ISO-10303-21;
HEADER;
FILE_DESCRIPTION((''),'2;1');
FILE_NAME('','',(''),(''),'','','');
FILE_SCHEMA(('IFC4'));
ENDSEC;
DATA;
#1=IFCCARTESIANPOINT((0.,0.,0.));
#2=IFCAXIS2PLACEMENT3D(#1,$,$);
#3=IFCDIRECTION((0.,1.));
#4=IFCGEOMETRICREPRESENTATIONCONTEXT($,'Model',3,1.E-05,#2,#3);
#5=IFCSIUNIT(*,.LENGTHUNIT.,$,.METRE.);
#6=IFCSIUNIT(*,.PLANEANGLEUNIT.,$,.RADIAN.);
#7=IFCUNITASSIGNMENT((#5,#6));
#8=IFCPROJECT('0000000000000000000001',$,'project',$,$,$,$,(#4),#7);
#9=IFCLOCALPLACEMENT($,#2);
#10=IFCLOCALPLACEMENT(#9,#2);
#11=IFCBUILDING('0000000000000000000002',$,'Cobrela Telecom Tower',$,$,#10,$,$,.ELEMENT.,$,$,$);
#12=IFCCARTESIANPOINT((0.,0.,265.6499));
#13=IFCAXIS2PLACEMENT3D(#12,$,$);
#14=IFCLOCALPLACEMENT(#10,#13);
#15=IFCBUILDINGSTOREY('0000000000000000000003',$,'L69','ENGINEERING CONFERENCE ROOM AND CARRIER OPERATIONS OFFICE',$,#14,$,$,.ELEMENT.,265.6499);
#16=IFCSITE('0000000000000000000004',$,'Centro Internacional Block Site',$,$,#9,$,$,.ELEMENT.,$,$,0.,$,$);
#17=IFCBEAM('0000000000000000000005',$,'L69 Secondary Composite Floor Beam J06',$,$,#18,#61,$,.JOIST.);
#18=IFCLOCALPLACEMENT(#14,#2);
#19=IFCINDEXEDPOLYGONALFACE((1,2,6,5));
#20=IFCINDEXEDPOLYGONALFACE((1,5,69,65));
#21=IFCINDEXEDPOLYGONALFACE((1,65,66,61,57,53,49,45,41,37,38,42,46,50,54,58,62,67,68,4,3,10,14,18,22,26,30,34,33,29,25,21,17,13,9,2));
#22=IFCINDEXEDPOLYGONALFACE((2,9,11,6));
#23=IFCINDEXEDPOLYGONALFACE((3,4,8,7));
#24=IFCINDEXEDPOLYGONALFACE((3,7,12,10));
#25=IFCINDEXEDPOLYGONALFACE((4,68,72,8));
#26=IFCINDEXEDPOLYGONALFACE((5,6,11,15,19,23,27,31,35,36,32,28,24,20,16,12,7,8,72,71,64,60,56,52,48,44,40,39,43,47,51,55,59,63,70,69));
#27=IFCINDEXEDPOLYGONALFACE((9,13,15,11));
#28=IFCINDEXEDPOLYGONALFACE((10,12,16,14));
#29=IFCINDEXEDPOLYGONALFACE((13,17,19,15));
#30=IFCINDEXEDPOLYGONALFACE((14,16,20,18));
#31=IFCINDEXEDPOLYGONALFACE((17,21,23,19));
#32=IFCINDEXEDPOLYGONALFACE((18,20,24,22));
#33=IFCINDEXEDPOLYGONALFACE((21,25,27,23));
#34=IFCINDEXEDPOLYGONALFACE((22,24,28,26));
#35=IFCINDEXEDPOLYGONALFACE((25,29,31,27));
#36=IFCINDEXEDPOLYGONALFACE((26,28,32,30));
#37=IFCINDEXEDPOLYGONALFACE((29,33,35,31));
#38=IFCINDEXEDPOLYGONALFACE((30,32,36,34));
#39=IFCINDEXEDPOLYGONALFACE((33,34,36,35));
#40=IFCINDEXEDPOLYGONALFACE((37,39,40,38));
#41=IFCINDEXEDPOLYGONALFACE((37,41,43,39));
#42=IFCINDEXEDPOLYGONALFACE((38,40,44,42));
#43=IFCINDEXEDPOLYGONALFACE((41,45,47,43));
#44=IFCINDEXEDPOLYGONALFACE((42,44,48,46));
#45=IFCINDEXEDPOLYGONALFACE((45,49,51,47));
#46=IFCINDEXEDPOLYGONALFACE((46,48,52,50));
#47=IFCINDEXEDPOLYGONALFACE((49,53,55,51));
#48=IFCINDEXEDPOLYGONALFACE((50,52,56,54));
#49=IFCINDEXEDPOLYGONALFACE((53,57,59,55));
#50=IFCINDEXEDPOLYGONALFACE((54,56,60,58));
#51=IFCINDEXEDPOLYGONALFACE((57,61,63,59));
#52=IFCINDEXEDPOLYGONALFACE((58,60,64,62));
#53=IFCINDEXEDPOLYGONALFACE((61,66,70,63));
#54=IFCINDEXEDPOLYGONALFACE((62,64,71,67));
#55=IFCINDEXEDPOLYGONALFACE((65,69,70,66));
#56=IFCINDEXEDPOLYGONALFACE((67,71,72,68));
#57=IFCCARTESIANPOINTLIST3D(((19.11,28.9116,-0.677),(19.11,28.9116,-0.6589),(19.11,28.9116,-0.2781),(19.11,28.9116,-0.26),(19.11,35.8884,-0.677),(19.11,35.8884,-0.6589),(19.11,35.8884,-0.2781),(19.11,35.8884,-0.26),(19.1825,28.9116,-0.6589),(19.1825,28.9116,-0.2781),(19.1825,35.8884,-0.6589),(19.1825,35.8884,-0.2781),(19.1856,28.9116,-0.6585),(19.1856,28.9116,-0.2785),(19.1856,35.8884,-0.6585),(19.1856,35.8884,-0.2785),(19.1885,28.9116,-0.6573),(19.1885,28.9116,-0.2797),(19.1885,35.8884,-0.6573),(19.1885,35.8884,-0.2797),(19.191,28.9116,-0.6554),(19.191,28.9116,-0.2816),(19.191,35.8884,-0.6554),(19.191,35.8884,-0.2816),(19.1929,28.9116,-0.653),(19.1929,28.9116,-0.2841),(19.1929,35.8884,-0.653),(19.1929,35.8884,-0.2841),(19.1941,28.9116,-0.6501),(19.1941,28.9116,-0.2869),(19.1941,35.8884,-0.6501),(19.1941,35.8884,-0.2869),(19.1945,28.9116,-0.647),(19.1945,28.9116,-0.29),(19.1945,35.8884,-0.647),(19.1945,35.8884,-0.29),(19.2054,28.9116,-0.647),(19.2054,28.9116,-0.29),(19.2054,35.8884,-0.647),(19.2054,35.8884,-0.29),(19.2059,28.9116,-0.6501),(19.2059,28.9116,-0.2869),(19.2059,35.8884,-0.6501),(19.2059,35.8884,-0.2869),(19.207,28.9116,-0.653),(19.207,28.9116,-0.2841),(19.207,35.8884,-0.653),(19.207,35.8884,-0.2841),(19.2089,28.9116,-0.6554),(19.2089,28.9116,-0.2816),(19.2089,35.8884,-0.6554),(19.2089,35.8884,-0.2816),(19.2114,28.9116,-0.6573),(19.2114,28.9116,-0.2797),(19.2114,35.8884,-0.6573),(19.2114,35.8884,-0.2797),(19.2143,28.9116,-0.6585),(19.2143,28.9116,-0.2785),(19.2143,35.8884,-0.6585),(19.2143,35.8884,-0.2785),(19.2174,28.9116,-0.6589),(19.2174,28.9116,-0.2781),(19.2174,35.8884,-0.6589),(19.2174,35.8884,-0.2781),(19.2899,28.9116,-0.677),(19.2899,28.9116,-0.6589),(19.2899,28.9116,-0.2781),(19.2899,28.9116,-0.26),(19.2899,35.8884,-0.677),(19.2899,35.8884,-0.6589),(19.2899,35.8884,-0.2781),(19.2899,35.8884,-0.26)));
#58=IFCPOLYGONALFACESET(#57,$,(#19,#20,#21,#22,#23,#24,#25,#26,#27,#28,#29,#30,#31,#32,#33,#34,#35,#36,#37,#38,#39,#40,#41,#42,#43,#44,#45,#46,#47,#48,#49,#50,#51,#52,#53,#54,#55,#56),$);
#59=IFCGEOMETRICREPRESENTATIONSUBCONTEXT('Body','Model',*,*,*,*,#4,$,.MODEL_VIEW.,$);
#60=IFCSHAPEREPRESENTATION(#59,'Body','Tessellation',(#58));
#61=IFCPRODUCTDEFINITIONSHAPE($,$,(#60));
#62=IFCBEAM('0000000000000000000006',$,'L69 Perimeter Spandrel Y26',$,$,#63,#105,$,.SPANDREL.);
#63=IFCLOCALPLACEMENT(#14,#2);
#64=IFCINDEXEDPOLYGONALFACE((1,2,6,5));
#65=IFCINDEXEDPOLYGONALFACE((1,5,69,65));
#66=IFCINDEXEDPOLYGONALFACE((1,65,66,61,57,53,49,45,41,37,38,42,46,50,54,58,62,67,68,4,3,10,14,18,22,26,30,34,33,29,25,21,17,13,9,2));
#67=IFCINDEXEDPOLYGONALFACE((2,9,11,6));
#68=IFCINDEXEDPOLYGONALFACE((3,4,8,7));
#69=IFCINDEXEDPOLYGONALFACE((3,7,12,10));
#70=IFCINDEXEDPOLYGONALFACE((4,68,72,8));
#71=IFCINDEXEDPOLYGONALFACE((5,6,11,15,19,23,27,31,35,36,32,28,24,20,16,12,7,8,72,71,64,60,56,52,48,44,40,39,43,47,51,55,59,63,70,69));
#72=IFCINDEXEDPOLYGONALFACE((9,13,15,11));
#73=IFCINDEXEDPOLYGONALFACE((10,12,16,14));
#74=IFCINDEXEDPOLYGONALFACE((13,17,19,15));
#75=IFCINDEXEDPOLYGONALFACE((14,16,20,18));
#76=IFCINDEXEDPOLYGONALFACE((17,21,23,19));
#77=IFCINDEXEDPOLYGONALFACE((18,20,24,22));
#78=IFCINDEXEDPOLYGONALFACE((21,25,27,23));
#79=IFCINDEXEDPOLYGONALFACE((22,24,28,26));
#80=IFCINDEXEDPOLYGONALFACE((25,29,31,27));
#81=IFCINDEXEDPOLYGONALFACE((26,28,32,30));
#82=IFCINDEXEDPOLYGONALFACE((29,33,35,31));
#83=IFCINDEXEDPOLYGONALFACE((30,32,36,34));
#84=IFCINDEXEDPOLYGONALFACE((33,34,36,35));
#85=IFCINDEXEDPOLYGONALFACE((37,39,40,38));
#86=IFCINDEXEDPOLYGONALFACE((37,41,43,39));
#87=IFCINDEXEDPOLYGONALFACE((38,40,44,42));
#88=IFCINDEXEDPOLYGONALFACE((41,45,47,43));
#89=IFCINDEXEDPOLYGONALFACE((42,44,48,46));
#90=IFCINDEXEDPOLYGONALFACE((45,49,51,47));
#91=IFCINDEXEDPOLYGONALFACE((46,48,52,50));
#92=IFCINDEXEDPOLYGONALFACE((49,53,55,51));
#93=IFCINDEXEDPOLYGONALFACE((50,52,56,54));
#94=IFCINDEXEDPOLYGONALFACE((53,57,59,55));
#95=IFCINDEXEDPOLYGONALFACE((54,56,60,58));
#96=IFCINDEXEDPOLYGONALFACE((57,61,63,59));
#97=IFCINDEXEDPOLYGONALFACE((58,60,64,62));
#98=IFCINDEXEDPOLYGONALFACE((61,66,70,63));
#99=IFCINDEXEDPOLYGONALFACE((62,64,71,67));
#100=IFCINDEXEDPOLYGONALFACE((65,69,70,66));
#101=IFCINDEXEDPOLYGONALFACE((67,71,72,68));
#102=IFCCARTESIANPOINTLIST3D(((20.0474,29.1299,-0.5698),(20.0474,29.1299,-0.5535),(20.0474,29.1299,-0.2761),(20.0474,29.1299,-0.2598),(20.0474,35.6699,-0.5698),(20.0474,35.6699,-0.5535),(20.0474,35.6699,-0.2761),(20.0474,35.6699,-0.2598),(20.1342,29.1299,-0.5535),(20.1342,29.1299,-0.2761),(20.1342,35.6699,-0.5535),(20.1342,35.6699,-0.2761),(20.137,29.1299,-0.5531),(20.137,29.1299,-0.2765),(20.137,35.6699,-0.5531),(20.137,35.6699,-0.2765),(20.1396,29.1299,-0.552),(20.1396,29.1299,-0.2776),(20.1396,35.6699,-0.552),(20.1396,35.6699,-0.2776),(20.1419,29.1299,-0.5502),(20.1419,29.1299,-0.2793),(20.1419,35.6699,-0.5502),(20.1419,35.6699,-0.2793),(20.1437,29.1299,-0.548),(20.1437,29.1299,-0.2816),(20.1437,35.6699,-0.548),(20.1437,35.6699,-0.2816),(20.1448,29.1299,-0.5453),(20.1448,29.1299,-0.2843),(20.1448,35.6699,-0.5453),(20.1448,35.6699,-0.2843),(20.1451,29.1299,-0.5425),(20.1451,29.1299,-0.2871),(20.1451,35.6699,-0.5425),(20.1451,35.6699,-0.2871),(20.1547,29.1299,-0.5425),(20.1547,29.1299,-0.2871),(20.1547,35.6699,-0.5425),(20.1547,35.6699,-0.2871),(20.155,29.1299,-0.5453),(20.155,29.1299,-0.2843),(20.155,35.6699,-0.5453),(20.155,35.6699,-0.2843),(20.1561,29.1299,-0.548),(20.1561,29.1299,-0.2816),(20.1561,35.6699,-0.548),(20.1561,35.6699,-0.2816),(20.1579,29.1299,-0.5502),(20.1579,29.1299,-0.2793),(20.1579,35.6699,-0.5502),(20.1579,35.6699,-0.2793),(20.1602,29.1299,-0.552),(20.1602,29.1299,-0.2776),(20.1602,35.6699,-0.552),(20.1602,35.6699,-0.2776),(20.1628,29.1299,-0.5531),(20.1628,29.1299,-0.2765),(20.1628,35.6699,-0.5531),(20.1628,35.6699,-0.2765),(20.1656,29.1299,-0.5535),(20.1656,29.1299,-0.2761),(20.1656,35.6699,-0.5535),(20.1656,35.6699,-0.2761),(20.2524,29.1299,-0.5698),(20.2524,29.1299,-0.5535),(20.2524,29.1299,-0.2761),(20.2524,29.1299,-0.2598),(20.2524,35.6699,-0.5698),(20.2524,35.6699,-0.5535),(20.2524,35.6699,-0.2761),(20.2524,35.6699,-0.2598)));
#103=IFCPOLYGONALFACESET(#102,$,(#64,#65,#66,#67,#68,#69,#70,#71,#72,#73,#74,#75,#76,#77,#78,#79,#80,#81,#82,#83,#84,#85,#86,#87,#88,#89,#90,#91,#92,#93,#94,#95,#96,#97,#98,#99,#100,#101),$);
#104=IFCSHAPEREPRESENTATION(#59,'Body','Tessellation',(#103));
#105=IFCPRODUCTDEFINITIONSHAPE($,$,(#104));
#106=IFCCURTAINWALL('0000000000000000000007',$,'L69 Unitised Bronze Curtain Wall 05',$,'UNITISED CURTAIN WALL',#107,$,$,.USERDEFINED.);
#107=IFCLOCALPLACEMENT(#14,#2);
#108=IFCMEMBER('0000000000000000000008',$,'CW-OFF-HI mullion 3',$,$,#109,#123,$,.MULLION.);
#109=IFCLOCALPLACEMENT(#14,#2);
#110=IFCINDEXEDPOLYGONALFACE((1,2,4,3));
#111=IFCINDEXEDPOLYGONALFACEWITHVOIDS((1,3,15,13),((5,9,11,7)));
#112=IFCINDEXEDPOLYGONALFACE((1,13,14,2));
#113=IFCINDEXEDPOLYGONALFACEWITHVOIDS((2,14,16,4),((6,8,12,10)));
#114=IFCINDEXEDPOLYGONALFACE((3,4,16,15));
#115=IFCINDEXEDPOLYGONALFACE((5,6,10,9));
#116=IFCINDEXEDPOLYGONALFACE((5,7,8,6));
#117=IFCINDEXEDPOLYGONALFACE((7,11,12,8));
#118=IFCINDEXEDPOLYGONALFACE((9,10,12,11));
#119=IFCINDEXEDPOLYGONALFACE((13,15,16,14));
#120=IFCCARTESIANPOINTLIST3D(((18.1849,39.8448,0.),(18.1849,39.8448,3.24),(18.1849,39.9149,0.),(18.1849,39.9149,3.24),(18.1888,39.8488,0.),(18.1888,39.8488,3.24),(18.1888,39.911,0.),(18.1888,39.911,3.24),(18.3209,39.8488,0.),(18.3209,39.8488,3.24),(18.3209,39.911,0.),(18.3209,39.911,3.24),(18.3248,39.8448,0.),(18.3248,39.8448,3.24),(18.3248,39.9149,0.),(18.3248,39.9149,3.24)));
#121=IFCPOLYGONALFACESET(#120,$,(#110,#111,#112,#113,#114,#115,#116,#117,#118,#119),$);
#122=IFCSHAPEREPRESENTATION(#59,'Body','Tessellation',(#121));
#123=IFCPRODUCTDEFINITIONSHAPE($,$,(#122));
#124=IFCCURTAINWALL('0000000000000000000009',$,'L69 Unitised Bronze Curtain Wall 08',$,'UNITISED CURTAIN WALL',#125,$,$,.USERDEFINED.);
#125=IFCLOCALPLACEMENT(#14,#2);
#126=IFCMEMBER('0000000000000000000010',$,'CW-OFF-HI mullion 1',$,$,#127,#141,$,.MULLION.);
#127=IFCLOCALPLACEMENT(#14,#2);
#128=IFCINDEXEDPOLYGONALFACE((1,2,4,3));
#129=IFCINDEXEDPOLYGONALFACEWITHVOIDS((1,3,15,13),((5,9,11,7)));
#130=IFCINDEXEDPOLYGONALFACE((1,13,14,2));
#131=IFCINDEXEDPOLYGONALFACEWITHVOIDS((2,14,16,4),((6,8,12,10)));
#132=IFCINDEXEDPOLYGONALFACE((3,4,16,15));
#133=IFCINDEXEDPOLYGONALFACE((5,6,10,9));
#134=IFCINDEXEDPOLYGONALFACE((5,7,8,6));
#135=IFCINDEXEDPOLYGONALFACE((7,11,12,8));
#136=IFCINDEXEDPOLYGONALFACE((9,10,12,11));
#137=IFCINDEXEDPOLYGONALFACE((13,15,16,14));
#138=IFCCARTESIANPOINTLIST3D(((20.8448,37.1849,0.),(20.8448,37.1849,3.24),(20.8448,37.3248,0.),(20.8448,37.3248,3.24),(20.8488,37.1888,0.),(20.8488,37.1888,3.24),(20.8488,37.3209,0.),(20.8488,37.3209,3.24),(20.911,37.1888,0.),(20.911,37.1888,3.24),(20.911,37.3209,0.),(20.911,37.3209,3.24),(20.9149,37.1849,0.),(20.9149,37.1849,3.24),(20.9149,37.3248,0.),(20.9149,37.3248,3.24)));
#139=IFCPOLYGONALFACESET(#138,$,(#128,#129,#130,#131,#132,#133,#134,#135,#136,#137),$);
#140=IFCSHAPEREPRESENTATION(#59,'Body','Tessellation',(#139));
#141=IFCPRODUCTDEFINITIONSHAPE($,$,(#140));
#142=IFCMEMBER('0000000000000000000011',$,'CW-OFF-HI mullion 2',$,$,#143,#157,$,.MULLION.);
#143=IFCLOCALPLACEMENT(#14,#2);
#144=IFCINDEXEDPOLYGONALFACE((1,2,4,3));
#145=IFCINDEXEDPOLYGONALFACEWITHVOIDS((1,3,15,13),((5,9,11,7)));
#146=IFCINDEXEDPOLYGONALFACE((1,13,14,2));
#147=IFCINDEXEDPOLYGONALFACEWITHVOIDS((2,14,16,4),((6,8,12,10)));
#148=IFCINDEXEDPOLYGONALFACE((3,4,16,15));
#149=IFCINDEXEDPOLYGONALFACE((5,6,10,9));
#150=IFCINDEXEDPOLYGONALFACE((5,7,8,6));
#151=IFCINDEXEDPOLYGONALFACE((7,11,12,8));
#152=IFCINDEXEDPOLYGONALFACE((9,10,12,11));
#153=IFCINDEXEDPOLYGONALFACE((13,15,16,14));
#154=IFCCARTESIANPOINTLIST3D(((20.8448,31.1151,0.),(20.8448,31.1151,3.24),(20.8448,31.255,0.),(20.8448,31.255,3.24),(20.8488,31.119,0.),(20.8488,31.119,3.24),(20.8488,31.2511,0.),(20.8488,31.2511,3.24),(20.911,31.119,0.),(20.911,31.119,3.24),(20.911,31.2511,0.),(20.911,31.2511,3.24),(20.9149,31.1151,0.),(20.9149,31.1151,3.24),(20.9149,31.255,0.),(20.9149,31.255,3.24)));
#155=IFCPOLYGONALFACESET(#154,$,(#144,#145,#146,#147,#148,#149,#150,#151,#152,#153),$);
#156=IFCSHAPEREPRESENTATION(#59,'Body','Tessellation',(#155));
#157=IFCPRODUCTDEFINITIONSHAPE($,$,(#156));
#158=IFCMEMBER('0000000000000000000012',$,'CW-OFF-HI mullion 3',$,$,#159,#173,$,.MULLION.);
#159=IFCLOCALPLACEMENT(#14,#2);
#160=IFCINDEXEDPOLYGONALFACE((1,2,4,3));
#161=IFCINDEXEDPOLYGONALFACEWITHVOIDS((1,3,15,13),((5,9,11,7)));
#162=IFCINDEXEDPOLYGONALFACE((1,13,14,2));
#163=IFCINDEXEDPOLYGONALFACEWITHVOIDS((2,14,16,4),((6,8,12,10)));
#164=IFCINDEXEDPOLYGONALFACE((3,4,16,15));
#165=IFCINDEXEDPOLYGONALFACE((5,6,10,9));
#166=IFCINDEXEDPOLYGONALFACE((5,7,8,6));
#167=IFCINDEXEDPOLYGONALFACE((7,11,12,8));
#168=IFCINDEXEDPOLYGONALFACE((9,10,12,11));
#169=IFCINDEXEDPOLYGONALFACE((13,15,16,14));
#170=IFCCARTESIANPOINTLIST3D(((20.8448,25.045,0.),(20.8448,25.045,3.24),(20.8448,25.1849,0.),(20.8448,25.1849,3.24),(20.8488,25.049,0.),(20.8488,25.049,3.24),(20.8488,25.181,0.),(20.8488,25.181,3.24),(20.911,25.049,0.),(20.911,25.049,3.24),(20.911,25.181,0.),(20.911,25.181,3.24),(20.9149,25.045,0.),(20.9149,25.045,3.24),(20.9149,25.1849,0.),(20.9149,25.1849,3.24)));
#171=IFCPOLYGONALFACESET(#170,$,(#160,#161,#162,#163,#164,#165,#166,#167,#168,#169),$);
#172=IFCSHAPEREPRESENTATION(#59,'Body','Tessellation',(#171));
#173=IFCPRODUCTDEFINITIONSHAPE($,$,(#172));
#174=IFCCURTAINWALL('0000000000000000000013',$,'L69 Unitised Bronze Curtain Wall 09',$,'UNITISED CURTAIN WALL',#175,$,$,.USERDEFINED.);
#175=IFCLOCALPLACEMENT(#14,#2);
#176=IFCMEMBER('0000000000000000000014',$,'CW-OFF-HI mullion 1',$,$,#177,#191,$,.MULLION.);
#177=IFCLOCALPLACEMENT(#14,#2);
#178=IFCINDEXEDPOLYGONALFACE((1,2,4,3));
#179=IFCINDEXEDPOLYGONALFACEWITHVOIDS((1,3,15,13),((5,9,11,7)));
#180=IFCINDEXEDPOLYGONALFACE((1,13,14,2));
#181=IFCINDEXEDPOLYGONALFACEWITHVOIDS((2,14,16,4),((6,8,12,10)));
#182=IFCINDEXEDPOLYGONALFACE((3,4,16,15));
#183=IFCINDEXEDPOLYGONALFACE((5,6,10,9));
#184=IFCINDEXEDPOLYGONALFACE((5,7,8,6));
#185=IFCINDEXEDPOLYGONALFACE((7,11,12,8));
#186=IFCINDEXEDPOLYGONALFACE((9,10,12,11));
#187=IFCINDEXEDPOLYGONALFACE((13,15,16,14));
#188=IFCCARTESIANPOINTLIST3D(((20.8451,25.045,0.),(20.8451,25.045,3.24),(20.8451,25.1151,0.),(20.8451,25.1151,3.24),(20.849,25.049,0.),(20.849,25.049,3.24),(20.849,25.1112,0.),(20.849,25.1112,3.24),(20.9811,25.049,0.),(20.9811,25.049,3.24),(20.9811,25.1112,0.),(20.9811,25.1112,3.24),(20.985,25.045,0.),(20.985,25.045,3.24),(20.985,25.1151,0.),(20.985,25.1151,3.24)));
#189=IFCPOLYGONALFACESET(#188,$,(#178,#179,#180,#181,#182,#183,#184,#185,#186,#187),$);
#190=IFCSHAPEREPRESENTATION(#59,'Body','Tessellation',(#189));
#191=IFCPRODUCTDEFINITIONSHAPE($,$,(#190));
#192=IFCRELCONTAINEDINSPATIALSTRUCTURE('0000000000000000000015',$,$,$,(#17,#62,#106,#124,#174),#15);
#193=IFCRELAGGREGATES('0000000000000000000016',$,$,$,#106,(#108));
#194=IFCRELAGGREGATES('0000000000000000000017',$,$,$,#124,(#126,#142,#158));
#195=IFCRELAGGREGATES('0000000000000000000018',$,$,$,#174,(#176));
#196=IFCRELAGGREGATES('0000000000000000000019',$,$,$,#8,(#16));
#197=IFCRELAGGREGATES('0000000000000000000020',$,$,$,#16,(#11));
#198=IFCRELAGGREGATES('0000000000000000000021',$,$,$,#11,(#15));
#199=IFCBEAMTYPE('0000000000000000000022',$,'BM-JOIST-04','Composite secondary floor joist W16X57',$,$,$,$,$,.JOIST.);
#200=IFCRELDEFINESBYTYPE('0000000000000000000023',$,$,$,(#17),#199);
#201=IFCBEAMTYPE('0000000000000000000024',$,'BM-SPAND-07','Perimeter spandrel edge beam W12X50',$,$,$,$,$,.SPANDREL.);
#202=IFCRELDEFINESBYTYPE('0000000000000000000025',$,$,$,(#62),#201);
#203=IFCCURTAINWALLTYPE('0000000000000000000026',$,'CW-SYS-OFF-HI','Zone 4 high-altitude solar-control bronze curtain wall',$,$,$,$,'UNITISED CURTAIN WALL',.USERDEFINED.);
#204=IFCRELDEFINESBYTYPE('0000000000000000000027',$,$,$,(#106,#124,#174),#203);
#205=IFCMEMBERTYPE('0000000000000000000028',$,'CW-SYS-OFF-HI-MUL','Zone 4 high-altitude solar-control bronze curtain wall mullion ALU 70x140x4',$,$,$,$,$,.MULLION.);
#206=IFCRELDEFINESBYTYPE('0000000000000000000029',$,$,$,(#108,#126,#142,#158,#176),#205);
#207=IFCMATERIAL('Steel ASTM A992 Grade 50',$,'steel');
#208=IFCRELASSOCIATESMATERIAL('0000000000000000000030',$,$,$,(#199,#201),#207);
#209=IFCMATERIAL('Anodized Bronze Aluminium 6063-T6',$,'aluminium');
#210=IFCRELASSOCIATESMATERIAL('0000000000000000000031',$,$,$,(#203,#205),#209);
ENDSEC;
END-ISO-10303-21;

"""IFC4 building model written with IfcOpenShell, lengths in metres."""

from ifc_helpers import new_model, si_unit, direction, frame, origin, origin_2d, place, context, subcontext, project, spatial, hollow_rectangle, i_section, extrude, material, material_profile, profile_set, type_object, element, aggregate, save


model = new_model("IFC4")

# Units and contexts
model_context = context("Model", 3, precision=1e-05, world=origin(), true_north=direction((0.0, 1.0)))
body_context = subcontext(model_context, "Body", "Model", "MODEL_VIEW")
ifc_project = project(units=[si_unit("LENGTHUNIT", "METRE"), si_unit("PLANEANGLEUNIT", "RADIAN")], contexts=[model_context])

# Site, building, storey
site_placement = place(None, origin())
site = spatial("IfcSite", under=ifc_project, at=site_placement, Name="Centro Internacional Block Site", CompositionType="ELEMENT", RefElevation=0.0)
building_placement = place(site_placement, origin())
building = spatial("IfcBuilding", under=site, at=building_placement, Name="Cobrela Telecom Tower", CompositionType="ELEMENT")
storey_placement = place(building_placement, frame((0.0, 0.0, 265.6499)))
storey = spatial("IfcBuildingStorey", under=building, at=storey_placement, Name="L69", Description="ENGINEERING CONFERENCE ROOM AND CARRIER OPERATIONS OFFICE", CompositionType="ELEMENT", Elevation=265.6499)

# Shared definitions
ifc_material_1 = material(Name="Steel ASTM A992 Grade 50", Category="steel")

# Beams
ifc_material_profile_1 = material_profile(ifc_material_1, i_section(OverallWidth=0.1799, OverallDepth=0.417, WebThickness=0.011, FlangeThickness=0.0181, FilletRadius=0.012, at=origin_2d()), Name="W16X57")
ifc_profile_set_1 = profile_set([ifc_material_profile_1], Name="Steel ASTM A992 Grade 50")
beam_type_1 = type_object("IfcBeamType", Name="BM-JOIST-04", Description="Composite secondary floor joist W16X57", PredefinedType="JOIST", material=ifc_profile_set_1)
beam_1_placement = place(storey_placement, frame((19.2, 28.9116, -0.4685), z_axis=(0.0, 1.0, 0.0), x_axis=(-1.0, 0.0, 0.0)))
element("IfcBeam", 1, at=beam_1_placement, inside=storey, type_object=beam_type_1, Name="L69 Secondary Composite Floor Beam J06", PredefinedType="JOIST", context=body_context, shape_type="SweptSolid", body=[
    extrude(i_section(OverallWidth=0.1799, OverallDepth=0.417, WebThickness=0.011, FlangeThickness=0.0181, FilletRadius=0.012, at=origin_2d()), origin(), (0.0, 0.0, 1.0), 6.9768),
])
ifc_material_profile_2 = material_profile(ifc_material_1, i_section(OverallWidth=0.2051, OverallDepth=0.3101, WebThickness=0.0095, FlangeThickness=0.0164, FilletRadius=0.011, at=origin_2d()), Name="W12X50")
ifc_profile_set_2 = profile_set([ifc_material_profile_2], Name="Steel ASTM A992 Grade 50")
beam_type_2 = type_object("IfcBeamType", Name="BM-SPAND-07", Description="Perimeter spandrel edge beam W12X50", PredefinedType="SPANDREL", material=ifc_profile_set_2)
beam_2_placement = place(storey_placement, frame((20.1499, 29.1299, -0.4148), z_axis=(0.0, 1.0, 0.0), x_axis=(-1.0, 0.0, 0.0)))
element("IfcBeam", 2, at=beam_2_placement, inside=storey, type_object=beam_type_2, Name="L69 Perimeter Spandrel Y26", PredefinedType="SPANDREL", context=body_context, shape_type="SweptSolid", body=[
    extrude(i_section(OverallWidth=0.2051, OverallDepth=0.3101, WebThickness=0.0095, FlangeThickness=0.0164, FilletRadius=0.011, at=origin_2d()), origin(), (0.0, 0.0, 1.0), 6.54),
])

# Curtain wall, member
ifc_material_2 = material(Name="Anodized Bronze Aluminium 6063-T6", Category="aluminium")
curtain_wall_type = type_object("IfcCurtainWallType", Name="CW-SYS-OFF-HI", Description="Zone 4 high-altitude solar-control bronze curtain wall", ElementType="UNITISED CURTAIN WALL", PredefinedType="USERDEFINED", material=ifc_material_2)
curtain_wall_1_placement = place(storey_placement, origin())
curtain_wall_1 = element("IfcCurtainWall", 3, at=curtain_wall_1_placement, inside=storey, type_object=curtain_wall_type, Name="L69 Unitised Bronze Curtain Wall 05", ObjectType="UNITISED CURTAIN WALL", PredefinedType="USERDEFINED")
ifc_material_profile_3 = material_profile(ifc_material_2, hollow_rectangle(XDim=0.0701, YDim=0.1399, WallThickness=0.0039, at=origin_2d()), Name="ALU 70x140x4")
ifc_profile_set_3 = profile_set([ifc_material_profile_3], Name="Anodized Bronze Aluminium 6063-T6")
member_type_1 = type_object("IfcMemberType", Name="CW-SYS-OFF-HI-MUL", Description="Zone 4 high-altitude solar-control bronze curtain wall mullion ALU 70x140x4", PredefinedType="MULLION", material=ifc_profile_set_3)
member_1_placement = place(storey_placement, frame((18.2549, 39.8799, 0.0), z_axis=(0.0, 0.0, 1.0), x_axis=(0.0, 1.0, 0.0)))
member_1 = element("IfcMember", 4, at=member_1_placement, type_object=member_type_1, Name="CW-OFF-HI mullion 3", PredefinedType="MULLION", context=body_context, shape_type="SweptSolid", body=[
    extrude(hollow_rectangle(XDim=0.0701, YDim=0.1399, WallThickness=0.0039, at=origin_2d()), origin(), (0.0, 0.0, 1.0), 3.24),
])
aggregate(curtain_wall_1, [member_1])

# Curtain wall, members
curtain_wall_2_placement = place(storey_placement, origin())
curtain_wall_2 = element("IfcCurtainWall", 5, at=curtain_wall_2_placement, inside=storey, type_object=curtain_wall_type, Name="L69 Unitised Bronze Curtain Wall 08", ObjectType="UNITISED CURTAIN WALL", PredefinedType="USERDEFINED")
member_2_placement = place(storey_placement, frame((20.8799, 37.2549, 0.0), z_axis=(0.0, 0.0, 1.0), x_axis=(1.0, 0.0, 0.0)))
member_2 = element("IfcMember", 6, at=member_2_placement, type_object=member_type_1, Name="CW-OFF-HI mullion 1", PredefinedType="MULLION", context=body_context, shape_type="SweptSolid", body=[
    extrude(hollow_rectangle(XDim=0.0701, YDim=0.1399, WallThickness=0.0039, at=origin_2d()), origin(), (0.0, 0.0, 1.0), 3.24),
])
member_3_placement = place(storey_placement, frame((20.8799, 31.1851, 0.0), z_axis=(0.0, 0.0, 1.0), x_axis=(1.0, 0.0, 0.0)))
member_3 = element("IfcMember", 7, at=member_3_placement, type_object=member_type_1, Name="CW-OFF-HI mullion 2", PredefinedType="MULLION", context=body_context, shape_type="SweptSolid", body=[
    extrude(hollow_rectangle(XDim=0.0701, YDim=0.1399, WallThickness=0.0039, at=origin_2d()), origin(), (0.0, 0.0, 1.0), 3.24),
])
member_4_placement = place(storey_placement, frame((20.8799, 25.115, 0.0), z_axis=(0.0, 0.0, 1.0), x_axis=(1.0, 0.0, 0.0)))
member_4 = element("IfcMember", 8, at=member_4_placement, type_object=member_type_1, Name="CW-OFF-HI mullion 3", PredefinedType="MULLION", context=body_context, shape_type="SweptSolid", body=[
    extrude(hollow_rectangle(XDim=0.0701, YDim=0.1399, WallThickness=0.0039, at=origin_2d()), origin(), (0.0, 0.0, 1.0), 3.24),
])

# Curtain wall, member
curtain_wall_3_placement = place(storey_placement, origin())
curtain_wall_3 = element("IfcCurtainWall", 9, at=curtain_wall_3_placement, inside=storey, type_object=curtain_wall_type, Name="L69 Unitised Bronze Curtain Wall 09", ObjectType="UNITISED CURTAIN WALL", PredefinedType="USERDEFINED")
member_5_placement = place(storey_placement, frame((20.915, 25.0801, 0.0), z_axis=(0.0, 0.0, 1.0), x_axis=(0.0, 1.0, 0.0)))
member_5 = element("IfcMember", 10, at=member_5_placement, type_object=member_type_1, Name="CW-OFF-HI mullion 1", PredefinedType="MULLION", context=body_context, shape_type="SweptSolid", body=[
    extrude(hollow_rectangle(XDim=0.0701, YDim=0.1399, WallThickness=0.0039, at=origin_2d()), origin(), (0.0, 0.0, 1.0), 3.24),
])

aggregate(curtain_wall_2, [member_2, member_3, member_4])
aggregate(curtain_wall_3, [member_5])

save(model, "model.ifc")
